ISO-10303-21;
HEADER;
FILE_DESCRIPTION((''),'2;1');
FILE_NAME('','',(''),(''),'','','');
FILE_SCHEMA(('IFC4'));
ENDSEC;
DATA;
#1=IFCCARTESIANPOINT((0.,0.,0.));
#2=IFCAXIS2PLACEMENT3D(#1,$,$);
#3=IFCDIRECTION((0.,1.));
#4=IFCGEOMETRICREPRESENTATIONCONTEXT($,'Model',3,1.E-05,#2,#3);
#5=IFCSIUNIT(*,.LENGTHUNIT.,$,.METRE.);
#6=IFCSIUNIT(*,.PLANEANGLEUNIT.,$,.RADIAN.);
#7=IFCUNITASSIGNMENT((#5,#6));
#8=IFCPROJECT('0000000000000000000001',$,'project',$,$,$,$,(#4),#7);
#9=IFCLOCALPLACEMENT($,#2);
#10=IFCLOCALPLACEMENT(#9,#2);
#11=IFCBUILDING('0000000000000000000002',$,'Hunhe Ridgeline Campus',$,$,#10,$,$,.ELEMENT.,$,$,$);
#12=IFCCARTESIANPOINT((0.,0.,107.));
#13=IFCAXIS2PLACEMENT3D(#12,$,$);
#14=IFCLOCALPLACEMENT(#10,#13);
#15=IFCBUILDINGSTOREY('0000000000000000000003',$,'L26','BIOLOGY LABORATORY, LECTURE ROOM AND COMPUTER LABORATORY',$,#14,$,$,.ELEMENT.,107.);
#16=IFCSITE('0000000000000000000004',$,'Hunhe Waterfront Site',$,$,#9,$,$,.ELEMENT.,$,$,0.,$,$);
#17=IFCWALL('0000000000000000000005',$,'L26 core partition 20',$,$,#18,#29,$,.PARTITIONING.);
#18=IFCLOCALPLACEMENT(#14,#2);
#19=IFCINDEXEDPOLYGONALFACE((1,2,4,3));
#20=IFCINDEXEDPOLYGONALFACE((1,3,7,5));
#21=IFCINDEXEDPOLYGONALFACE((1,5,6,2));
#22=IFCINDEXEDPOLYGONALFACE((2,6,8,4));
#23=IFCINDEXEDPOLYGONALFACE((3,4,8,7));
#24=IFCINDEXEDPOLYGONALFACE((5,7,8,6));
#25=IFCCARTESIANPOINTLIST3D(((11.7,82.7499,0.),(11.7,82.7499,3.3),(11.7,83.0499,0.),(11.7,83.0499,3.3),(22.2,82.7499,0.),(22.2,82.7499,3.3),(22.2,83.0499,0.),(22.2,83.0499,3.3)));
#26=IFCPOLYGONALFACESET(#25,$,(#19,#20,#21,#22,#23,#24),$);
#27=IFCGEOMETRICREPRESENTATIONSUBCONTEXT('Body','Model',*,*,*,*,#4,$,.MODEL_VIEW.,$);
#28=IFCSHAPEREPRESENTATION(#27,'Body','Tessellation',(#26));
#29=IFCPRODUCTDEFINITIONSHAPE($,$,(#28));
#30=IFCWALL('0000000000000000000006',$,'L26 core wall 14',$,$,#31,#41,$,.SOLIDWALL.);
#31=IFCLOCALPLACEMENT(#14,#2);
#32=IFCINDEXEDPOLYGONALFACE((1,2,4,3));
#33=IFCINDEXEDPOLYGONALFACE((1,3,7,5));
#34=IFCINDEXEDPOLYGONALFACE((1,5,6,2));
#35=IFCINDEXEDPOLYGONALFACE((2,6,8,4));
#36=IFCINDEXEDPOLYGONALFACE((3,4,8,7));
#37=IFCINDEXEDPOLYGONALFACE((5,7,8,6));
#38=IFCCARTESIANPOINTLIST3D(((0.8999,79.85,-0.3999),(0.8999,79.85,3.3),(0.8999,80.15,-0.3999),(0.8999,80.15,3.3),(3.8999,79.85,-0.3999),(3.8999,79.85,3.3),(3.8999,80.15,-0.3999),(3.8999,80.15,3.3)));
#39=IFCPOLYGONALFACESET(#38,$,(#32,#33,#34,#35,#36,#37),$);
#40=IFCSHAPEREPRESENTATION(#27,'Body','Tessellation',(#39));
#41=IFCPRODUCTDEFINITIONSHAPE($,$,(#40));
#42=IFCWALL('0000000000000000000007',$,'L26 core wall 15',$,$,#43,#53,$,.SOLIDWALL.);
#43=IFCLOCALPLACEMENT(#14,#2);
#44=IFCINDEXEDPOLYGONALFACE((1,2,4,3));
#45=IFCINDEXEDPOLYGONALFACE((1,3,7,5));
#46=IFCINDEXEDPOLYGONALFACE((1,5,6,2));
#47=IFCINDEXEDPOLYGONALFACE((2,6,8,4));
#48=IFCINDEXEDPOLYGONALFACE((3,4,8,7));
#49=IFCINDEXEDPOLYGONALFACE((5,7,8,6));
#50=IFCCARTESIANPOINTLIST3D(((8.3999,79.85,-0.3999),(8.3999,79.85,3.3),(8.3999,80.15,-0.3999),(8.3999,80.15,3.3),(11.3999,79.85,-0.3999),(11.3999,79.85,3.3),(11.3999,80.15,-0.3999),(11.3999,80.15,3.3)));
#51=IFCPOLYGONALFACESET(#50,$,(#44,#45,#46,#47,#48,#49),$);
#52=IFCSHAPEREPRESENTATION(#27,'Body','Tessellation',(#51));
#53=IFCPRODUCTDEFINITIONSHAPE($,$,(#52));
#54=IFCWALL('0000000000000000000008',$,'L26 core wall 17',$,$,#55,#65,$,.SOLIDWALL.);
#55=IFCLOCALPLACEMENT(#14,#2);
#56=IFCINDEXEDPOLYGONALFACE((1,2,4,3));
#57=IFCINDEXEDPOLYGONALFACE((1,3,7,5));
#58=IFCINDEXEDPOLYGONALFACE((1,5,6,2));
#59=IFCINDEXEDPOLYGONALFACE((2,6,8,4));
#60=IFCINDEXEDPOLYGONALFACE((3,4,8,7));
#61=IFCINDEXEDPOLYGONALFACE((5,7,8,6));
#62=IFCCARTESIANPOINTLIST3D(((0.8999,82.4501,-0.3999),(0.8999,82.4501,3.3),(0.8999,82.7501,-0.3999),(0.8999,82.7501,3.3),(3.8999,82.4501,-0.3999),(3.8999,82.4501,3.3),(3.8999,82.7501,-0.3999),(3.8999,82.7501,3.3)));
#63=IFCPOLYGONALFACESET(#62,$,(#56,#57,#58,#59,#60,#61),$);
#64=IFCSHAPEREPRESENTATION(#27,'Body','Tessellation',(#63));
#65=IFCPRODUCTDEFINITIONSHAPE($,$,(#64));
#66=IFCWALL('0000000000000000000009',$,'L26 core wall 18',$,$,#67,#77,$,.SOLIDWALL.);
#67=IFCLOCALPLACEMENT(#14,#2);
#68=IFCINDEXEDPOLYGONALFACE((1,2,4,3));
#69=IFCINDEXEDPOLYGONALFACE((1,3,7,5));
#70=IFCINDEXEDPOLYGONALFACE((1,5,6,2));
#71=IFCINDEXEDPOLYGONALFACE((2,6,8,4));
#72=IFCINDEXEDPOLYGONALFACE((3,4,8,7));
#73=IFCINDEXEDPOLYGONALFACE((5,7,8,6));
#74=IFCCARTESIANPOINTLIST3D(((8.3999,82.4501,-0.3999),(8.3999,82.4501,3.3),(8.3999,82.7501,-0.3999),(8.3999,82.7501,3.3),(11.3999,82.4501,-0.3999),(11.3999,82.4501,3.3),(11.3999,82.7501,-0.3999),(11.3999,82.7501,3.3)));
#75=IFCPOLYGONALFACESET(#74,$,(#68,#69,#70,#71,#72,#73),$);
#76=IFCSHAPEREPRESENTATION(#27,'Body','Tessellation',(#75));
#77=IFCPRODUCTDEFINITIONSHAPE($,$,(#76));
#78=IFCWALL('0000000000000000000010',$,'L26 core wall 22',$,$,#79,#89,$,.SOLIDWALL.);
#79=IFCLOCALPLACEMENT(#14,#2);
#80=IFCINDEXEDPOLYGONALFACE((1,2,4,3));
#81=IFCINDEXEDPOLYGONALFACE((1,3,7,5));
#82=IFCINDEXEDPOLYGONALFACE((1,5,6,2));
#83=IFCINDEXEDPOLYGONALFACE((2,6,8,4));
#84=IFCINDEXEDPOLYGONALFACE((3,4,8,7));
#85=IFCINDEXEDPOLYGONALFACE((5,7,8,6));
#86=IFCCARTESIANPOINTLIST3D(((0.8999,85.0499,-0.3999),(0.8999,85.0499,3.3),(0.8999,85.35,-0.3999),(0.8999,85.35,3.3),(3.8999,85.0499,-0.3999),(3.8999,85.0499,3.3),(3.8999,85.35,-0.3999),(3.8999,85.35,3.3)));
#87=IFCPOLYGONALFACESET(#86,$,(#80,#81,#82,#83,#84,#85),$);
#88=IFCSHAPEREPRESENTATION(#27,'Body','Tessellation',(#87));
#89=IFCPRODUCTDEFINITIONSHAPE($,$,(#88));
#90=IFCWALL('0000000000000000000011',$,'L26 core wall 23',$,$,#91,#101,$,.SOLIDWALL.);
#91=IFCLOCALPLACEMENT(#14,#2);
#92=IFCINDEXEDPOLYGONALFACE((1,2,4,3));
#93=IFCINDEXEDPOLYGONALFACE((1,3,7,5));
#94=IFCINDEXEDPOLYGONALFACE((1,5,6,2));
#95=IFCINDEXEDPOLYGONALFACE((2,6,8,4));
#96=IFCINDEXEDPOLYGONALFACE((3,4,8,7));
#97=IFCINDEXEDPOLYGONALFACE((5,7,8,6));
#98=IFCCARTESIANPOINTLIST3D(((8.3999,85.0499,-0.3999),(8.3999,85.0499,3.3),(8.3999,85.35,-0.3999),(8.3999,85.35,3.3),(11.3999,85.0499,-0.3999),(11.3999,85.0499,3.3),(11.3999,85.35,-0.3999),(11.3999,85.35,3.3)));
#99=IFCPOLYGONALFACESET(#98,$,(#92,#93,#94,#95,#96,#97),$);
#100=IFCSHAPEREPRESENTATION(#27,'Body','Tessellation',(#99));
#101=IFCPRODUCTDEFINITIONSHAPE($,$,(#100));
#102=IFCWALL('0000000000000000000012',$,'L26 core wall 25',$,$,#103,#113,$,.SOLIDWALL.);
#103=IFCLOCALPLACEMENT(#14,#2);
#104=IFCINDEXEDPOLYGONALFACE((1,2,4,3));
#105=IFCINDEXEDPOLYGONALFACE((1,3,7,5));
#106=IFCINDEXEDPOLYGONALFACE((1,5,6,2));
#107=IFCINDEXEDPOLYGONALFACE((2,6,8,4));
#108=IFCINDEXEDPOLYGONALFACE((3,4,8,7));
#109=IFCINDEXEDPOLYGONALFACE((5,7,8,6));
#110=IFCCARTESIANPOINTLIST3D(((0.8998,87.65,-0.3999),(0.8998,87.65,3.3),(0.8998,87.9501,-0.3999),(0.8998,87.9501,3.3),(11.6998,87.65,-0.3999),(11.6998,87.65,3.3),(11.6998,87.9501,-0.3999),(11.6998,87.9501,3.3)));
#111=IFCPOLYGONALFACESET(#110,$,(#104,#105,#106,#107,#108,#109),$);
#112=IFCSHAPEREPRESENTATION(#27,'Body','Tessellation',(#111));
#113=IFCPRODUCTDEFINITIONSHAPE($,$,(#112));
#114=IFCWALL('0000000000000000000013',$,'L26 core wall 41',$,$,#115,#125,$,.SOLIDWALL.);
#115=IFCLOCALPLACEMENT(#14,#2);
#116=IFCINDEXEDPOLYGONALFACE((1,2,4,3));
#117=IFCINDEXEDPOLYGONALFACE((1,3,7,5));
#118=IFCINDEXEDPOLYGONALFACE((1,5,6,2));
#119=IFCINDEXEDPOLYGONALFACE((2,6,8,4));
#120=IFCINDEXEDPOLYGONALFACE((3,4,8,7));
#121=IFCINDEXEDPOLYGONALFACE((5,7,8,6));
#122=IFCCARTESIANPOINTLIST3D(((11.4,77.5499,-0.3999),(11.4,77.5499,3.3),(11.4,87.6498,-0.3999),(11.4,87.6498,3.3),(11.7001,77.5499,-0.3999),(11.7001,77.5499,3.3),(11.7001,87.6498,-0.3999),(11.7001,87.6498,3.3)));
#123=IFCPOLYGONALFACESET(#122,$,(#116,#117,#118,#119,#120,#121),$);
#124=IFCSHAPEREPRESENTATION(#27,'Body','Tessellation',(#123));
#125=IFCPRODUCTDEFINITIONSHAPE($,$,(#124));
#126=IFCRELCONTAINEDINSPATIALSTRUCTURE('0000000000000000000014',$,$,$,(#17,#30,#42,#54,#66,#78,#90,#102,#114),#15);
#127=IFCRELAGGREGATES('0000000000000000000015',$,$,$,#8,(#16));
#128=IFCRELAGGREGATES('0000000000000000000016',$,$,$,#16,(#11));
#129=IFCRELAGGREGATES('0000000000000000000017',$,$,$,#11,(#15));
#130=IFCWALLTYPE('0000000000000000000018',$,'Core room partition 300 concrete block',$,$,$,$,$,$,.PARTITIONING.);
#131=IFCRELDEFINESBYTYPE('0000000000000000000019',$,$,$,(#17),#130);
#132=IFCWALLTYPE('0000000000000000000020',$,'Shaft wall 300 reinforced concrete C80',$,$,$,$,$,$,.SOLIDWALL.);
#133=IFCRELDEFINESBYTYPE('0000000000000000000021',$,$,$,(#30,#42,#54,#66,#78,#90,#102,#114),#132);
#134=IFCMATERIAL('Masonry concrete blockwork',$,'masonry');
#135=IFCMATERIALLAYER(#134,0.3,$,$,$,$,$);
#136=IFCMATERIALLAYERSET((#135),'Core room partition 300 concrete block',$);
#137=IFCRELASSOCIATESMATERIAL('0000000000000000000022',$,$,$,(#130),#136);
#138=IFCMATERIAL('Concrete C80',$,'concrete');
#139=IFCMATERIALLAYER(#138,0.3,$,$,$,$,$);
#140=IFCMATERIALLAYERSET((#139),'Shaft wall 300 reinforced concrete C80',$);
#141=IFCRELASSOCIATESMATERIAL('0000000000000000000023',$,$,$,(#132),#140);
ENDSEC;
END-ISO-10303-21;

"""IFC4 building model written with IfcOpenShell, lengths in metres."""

from ifc_helpers import new_model, si_unit, direction, frame, frame_2d, origin, place, context, subcontext, project, spatial, rectangle, extrude, material, layer, layer_set, type_object, element, save


model = new_model("IFC4")

# Units and contexts
model_context = context("Model", 3, precision=1e-05, world=origin(), true_north=direction((0.0, 1.0)))
body_context = subcontext(model_context, "Body", "Model", "MODEL_VIEW")
ifc_project = project(units=[si_unit("LENGTHUNIT", "METRE"), si_unit("PLANEANGLEUNIT", "RADIAN")], contexts=[model_context])

# Site, building, storey
site_placement = place(None, origin())
site = spatial("IfcSite", under=ifc_project, at=site_placement, Name="Hunhe Waterfront Site", CompositionType="ELEMENT", RefElevation=0.0)
building_placement = place(site_placement, origin())
building = spatial("IfcBuilding", under=site, at=building_placement, Name="Hunhe Ridgeline Campus", CompositionType="ELEMENT")
storey_placement = place(building_placement, frame((0.0, 0.0, 107.0)))
storey = spatial("IfcBuildingStorey", under=building, at=storey_placement, Name="L26", Description="BIOLOGY LABORATORY, LECTURE ROOM AND COMPUTER LABORATORY", CompositionType="ELEMENT", Elevation=107.0)

# Wall
ifc_material_1 = material(Name="Masonry concrete blockwork", Category="masonry")
ifc_layer_1 = layer(ifc_material_1, 0.3)
ifc_layer_set_1 = layer_set([ifc_layer_1], Name="Core room partition 300 concrete block")
wall_type_1 = type_object("IfcWallType", Name="Core room partition 300 concrete block", PredefinedType="PARTITIONING", material=ifc_layer_set_1)
wall_1_placement = place(storey_placement, frame((11.7, 82.8999, 0.0), z_axis=(0.0, 0.0, 1.0), x_axis=(1.0, 0.0, 0.0)))
element("IfcWall", 1, at=wall_1_placement, inside=storey, type_object=wall_type_1, Name="L26 core partition 20", PredefinedType="PARTITIONING", context=body_context, shape_type="SweptSolid", body=[
    extrude(rectangle(XDim=10.5, YDim=0.3, at=frame_2d((5.25, 0.0))), origin(), (0.0, 0.0, 1.0), 3.3),
])

# Shared definitions
ifc_material_2 = material(Name="Concrete C80", Category="concrete")
ifc_layer_2 = layer(ifc_material_2, 0.3)
ifc_layer_set_2 = layer_set([ifc_layer_2], Name="Shaft wall 300 reinforced concrete C80")
wall_type_2 = type_object("IfcWallType", Name="Shaft wall 300 reinforced concrete C80", PredefinedType="SOLIDWALL", material=ifc_layer_set_2)

# Walls
for number, where, z_axis, x_axis, name in (
    (2, (0.8999, 80.0, -0.3999), (0.0, 0.0, 1.0), (1.0, 0.0, 0.0), "L26 core wall 14"),
    (3, (8.3999, 80.0, -0.3999), (0.0, 0.0, 1.0), (1.0, 0.0, 0.0), "L26 core wall 15"),
    (4, (0.8999, 82.6001, -0.3999), (0.0, 0.0, 1.0), (1.0, 0.0, 0.0), "L26 core wall 17"),
    (5, (8.3999, 82.6001, -0.3999), (0.0, 0.0, 1.0), (1.0, 0.0, 0.0), "L26 core wall 18"),
    (6, (0.8999, 85.2, -0.3999), (0.0, 0.0, 1.0), (1.0, 0.0, 0.0), "L26 core wall 22"),
    (7, (8.3999, 85.2, -0.3999), (0.0, 0.0, 1.0), (1.0, 0.0, 0.0), "L26 core wall 23"),
):
    element("IfcWall", number, at=place(storey_placement, frame(where, z_axis=z_axis, x_axis=x_axis)), inside=storey, type_object=wall_type_2, Name=name, PredefinedType="SOLIDWALL", context=body_context, shape_type="SweptSolid", body=[
        extrude(rectangle(XDim=3.0, YDim=0.3, at=frame_2d((1.5, 0.0))), origin(), (0.0, 0.0, 1.0), 3.7),
    ])
wall_2_placement = place(storey_placement, frame((0.8999, 87.8, -0.3999), z_axis=(0.0, 0.0, 1.0), x_axis=(1.0, 0.0, 0.0)))
element("IfcWall", 8, at=wall_2_placement, inside=storey, type_object=wall_type_2, Name="L26 core wall 25", PredefinedType="SOLIDWALL", context=body_context, shape_type="SweptSolid", body=[
    extrude(rectangle(XDim=10.8, YDim=0.3, at=frame_2d((5.3999, 0.0))), origin(), (0.0, 0.0, 1.0), 3.7),
])

# Wall
wall_3_placement = place(storey_placement, frame((11.55, 77.55, -0.3999), z_axis=(0.0, 0.0, 1.0), x_axis=(0.0, 1.0, 0.0)))
element("IfcWall", 9, at=wall_3_placement, inside=storey, type_object=wall_type_2, Name="L26 core wall 41", PredefinedType="SOLIDWALL", context=body_context, shape_type="SweptSolid", body=[
    extrude(rectangle(XDim=10.0999, YDim=0.3, at=frame_2d((5.0498, 0.0))), origin(), (0.0, 0.0, 1.0), 3.7),
])

save(model, "model.ifc")
